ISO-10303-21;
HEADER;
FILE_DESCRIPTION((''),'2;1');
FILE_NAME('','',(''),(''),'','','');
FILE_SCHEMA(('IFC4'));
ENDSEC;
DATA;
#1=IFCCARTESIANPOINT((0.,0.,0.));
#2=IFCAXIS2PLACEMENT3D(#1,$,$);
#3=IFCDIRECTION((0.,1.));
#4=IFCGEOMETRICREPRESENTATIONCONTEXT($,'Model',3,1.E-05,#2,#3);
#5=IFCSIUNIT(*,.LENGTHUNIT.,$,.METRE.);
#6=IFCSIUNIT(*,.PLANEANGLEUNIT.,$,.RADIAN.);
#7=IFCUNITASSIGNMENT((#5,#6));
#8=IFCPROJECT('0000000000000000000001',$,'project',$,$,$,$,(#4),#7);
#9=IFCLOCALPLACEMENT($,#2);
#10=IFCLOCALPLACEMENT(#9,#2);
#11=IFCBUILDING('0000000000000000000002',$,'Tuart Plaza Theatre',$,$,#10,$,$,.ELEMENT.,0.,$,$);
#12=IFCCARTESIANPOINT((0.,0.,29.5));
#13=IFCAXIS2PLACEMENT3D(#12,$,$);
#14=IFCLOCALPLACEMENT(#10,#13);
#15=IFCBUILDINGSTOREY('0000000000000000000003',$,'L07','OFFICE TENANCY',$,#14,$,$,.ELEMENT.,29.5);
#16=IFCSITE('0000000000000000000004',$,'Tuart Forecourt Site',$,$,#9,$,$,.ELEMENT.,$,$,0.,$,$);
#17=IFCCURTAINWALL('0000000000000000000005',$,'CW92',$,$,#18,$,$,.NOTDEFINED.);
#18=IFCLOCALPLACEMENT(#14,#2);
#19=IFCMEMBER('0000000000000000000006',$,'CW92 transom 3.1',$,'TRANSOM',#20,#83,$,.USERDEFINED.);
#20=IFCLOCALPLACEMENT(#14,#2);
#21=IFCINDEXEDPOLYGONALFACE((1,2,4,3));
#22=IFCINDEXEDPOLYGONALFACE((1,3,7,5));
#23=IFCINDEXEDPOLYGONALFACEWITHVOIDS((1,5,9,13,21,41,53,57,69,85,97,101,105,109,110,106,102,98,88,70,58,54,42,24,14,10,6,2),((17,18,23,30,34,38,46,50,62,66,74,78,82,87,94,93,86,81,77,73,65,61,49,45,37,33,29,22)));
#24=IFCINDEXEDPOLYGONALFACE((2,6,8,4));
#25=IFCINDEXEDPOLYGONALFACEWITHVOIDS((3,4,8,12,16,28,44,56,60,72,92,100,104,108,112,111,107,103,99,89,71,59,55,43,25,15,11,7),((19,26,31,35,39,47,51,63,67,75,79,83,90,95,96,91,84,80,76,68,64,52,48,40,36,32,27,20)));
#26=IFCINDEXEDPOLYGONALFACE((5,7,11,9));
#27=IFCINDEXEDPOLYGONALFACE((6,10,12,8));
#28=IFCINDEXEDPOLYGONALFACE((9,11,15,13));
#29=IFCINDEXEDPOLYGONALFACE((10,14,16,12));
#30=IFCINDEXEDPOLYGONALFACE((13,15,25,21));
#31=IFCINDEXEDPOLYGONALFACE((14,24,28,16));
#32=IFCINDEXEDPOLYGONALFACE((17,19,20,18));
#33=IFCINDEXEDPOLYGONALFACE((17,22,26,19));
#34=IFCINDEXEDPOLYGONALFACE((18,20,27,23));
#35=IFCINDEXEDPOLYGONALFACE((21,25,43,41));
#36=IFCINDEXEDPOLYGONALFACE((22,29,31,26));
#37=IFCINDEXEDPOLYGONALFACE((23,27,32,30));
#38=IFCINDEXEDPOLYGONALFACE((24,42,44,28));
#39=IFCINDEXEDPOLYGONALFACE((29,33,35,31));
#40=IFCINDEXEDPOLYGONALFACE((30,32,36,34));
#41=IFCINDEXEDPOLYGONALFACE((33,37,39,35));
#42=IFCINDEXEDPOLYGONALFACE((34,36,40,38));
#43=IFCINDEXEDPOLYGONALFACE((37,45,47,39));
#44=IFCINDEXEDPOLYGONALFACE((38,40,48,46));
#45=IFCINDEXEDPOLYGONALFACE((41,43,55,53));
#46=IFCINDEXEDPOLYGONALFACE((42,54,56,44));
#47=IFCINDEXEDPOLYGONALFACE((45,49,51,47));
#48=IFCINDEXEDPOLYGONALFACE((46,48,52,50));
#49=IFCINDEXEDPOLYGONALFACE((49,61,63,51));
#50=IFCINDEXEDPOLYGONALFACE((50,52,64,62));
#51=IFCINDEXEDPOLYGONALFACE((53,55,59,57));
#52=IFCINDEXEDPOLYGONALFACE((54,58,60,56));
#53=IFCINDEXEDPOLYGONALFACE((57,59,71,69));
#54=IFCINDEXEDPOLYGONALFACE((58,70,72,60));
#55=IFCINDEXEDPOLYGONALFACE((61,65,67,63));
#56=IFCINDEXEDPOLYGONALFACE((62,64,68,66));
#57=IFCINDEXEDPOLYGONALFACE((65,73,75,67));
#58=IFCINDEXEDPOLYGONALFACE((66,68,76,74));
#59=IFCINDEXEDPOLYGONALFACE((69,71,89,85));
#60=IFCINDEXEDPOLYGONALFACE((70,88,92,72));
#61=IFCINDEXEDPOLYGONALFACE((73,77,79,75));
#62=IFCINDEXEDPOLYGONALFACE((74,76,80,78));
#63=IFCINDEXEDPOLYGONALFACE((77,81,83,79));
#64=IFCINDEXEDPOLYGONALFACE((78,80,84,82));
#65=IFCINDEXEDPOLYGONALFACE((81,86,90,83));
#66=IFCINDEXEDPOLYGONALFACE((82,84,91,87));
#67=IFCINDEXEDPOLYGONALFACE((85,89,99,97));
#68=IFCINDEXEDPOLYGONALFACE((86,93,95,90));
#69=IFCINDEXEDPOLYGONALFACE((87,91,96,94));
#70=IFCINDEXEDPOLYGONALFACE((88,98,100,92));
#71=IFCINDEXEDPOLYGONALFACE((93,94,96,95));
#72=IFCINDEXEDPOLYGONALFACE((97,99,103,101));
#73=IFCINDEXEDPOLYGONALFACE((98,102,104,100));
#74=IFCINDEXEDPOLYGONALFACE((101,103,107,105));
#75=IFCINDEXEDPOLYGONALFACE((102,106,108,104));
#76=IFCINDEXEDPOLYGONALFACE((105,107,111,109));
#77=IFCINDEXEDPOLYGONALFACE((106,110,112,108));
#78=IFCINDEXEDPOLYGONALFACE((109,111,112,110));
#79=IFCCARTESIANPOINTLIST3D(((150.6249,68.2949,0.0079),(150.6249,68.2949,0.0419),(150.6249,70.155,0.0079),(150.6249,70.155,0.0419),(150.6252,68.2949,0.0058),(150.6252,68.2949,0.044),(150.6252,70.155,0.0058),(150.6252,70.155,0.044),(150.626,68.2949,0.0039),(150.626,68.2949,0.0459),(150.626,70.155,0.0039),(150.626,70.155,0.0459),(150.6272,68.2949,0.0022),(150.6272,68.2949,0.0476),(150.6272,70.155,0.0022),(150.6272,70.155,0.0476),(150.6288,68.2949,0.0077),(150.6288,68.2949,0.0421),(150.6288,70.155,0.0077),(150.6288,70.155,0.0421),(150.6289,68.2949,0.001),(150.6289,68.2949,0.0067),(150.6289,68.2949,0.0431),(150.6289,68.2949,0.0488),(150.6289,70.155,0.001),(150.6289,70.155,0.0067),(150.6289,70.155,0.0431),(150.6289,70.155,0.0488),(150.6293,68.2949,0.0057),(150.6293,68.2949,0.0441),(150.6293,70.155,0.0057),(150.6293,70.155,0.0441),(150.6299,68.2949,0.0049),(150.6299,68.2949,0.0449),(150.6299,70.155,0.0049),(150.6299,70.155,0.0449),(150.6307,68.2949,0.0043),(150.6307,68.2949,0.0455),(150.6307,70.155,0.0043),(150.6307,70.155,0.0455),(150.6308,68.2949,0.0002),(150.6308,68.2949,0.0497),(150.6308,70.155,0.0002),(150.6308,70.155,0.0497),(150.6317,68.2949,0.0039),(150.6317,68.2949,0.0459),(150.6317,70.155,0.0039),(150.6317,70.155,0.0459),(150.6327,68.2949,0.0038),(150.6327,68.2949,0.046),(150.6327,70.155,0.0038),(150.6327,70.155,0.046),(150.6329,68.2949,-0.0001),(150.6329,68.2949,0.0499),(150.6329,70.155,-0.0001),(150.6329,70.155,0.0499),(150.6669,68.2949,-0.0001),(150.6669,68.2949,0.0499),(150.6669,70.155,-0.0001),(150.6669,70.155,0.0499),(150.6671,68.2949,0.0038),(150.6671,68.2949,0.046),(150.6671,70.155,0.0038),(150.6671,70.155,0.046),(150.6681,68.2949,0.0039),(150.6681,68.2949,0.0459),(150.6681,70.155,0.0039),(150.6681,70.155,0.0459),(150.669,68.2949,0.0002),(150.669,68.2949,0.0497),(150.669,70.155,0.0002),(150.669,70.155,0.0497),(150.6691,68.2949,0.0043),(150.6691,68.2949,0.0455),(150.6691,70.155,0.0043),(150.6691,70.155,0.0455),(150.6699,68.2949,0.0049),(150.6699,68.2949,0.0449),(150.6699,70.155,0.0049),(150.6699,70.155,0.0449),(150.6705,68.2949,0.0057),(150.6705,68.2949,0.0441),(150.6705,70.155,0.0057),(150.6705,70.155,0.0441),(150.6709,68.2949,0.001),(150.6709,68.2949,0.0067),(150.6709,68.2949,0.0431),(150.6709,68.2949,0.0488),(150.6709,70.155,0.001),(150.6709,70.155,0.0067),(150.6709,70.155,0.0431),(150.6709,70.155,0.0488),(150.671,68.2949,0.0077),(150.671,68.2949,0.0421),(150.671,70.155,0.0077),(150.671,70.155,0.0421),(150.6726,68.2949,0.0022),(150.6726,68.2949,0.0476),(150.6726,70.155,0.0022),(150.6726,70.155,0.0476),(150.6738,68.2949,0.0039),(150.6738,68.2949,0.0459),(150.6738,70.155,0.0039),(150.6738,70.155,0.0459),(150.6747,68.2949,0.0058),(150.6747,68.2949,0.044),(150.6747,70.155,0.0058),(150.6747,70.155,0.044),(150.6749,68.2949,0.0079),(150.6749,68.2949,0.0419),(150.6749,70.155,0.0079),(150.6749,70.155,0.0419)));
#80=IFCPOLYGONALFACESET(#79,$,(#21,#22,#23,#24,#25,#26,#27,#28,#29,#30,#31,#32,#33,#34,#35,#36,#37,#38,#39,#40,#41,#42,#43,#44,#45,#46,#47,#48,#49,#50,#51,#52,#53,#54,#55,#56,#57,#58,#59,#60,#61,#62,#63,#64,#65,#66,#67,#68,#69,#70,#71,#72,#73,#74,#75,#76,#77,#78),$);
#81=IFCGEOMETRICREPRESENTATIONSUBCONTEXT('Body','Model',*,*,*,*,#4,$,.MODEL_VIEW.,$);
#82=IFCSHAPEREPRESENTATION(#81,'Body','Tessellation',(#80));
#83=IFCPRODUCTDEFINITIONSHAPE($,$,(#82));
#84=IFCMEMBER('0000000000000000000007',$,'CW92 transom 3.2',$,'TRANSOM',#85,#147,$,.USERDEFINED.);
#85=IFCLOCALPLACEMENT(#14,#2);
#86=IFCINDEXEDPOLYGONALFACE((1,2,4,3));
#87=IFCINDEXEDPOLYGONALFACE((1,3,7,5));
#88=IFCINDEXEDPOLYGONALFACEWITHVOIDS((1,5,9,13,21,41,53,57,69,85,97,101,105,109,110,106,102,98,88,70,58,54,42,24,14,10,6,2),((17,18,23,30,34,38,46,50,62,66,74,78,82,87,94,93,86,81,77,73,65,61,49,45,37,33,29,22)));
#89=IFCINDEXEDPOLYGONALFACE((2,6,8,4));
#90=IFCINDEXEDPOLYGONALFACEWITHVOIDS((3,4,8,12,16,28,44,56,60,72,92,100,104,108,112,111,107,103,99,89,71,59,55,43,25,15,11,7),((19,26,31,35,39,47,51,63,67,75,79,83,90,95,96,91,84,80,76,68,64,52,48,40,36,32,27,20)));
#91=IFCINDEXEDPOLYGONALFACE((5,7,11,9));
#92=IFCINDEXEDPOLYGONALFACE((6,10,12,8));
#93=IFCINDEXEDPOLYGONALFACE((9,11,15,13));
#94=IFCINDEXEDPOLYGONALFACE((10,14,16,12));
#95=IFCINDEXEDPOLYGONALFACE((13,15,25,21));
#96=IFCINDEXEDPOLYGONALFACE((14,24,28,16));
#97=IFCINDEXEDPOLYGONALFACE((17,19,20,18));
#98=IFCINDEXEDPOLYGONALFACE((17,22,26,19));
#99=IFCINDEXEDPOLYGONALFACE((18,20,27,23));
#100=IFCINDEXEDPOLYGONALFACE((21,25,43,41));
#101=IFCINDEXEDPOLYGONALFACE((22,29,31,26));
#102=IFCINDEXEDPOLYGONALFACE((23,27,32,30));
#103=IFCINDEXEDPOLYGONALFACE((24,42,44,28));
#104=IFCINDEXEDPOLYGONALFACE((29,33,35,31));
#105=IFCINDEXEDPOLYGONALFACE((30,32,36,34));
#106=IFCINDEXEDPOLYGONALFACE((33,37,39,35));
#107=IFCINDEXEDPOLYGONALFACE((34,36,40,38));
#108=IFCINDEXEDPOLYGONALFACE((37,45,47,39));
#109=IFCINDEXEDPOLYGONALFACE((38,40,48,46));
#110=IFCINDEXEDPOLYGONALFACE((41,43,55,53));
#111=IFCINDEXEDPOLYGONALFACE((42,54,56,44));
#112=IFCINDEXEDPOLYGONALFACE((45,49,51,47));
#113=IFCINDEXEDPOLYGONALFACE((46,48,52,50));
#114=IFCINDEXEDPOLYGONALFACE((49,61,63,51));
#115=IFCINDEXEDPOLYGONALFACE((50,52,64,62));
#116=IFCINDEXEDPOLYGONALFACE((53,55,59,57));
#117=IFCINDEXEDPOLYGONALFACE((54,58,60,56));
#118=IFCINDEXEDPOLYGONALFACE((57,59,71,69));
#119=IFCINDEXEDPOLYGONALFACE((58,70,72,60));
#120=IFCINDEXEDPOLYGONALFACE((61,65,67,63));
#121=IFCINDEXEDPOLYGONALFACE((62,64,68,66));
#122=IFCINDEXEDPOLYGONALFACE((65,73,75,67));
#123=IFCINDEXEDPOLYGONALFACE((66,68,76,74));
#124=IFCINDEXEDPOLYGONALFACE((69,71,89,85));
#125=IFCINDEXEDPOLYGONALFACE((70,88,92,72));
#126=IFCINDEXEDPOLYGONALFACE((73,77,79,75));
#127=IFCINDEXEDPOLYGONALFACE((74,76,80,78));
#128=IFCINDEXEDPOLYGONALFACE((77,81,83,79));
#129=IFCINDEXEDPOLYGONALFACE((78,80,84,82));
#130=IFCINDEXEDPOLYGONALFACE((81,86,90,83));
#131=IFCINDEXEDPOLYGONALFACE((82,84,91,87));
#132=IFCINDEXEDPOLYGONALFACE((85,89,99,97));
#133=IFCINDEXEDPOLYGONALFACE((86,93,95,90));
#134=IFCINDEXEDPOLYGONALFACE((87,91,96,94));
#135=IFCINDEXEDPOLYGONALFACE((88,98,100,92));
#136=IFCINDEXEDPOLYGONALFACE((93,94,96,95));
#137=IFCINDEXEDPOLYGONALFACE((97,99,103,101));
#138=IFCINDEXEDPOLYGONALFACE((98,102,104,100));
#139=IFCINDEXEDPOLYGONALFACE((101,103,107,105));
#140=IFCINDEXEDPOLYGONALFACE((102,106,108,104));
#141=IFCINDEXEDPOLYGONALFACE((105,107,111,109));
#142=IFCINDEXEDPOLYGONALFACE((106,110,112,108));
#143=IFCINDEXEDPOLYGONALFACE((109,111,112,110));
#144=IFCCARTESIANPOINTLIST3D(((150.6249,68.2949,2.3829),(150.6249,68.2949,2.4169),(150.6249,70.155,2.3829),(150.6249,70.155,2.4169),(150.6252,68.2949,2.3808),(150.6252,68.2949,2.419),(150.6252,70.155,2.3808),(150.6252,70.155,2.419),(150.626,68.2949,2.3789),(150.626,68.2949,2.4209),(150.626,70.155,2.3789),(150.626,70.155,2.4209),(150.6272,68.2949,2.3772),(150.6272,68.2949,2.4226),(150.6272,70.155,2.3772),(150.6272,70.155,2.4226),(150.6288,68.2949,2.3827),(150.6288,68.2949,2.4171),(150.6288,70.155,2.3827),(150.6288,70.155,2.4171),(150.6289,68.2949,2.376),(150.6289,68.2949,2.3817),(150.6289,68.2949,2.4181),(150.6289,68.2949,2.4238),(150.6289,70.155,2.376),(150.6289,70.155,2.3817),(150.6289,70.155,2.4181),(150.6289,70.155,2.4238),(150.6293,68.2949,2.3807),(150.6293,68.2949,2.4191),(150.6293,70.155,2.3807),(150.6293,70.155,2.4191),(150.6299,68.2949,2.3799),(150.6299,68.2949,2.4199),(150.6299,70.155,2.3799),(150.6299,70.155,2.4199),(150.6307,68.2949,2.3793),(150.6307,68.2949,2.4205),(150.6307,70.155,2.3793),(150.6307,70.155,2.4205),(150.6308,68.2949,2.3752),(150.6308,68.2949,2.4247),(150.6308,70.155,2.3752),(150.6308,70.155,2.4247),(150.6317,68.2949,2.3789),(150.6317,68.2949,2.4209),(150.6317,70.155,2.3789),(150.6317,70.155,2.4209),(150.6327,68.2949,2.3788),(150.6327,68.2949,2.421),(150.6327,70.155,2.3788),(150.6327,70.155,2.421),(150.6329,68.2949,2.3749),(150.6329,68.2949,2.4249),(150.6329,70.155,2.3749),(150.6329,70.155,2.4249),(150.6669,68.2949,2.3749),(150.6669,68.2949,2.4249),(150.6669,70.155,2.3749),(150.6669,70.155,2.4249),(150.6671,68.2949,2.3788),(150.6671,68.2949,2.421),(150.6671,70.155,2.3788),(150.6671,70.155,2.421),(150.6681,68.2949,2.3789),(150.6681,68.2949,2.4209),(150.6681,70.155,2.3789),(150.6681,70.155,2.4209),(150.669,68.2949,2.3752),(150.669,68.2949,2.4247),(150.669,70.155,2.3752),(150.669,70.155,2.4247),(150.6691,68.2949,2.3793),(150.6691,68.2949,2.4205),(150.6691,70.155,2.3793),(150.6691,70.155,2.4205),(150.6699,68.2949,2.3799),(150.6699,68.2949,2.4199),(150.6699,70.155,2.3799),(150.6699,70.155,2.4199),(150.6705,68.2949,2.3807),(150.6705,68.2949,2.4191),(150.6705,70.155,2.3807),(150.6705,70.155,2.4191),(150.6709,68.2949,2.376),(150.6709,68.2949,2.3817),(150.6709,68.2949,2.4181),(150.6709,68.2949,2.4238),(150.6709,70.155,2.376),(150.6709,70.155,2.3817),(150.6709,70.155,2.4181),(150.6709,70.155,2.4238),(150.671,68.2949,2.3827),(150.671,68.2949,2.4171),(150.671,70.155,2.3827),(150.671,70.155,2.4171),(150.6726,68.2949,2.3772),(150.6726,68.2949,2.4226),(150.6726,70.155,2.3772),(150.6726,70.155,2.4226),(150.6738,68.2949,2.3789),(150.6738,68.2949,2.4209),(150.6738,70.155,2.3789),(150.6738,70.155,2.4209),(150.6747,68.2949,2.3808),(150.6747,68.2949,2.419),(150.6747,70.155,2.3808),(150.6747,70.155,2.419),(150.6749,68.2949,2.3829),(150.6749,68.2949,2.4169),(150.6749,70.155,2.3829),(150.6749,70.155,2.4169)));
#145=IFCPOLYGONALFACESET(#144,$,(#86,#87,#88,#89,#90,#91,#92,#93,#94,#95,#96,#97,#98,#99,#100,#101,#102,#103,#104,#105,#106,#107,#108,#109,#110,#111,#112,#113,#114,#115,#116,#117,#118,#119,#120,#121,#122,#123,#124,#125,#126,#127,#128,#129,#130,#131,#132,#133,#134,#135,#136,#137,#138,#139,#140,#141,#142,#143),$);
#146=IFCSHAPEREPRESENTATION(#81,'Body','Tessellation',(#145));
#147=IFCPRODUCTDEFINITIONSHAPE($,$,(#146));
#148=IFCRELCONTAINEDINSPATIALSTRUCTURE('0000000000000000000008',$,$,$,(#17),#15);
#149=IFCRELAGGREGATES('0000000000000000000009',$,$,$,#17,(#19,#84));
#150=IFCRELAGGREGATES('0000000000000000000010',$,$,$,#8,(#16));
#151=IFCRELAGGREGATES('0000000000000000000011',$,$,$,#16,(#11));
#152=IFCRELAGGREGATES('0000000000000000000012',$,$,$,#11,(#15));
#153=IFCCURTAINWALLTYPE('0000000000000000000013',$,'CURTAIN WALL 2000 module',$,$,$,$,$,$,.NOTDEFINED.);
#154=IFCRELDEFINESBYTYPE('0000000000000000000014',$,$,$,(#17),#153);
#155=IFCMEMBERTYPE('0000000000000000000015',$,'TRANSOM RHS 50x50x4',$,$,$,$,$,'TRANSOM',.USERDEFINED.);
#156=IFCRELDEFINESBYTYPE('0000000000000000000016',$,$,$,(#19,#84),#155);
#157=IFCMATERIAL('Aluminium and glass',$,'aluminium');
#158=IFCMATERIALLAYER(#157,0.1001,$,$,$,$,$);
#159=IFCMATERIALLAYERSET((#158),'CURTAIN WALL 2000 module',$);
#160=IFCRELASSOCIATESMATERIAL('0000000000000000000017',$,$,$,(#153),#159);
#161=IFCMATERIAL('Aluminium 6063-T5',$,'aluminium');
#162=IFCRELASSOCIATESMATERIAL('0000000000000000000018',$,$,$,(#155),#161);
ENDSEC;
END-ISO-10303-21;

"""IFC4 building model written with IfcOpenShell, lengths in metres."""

from ifc_helpers import new_model, si_unit, direction, frame, origin, origin_2d, place, context, subcontext, project, spatial, hollow_rectangle, extrude, material, layer, layer_set, material_profile, profile_set, type_object, element, aggregate, save


model = new_model("IFC4")

# Units and contexts
model_context = context("Model", 3, precision=1e-05, world=origin(), true_north=direction((0.0, 1.0)))
body_context = subcontext(model_context, "Body", "Model", "MODEL_VIEW")
ifc_project = project(units=[si_unit("LENGTHUNIT", "METRE"), si_unit("PLANEANGLEUNIT", "RADIAN")], contexts=[model_context])

# Site, building, storey
site_placement = place(None, origin())
site = spatial("IfcSite", under=ifc_project, at=site_placement, Name="Tuart Forecourt Site", CompositionType="ELEMENT", RefElevation=0.0)
building_placement = place(site_placement, origin())
building = spatial("IfcBuilding", under=site, at=building_placement, Name="Tuart Plaza Theatre", CompositionType="ELEMENT", ElevationOfRefHeight=0.0)
storey_placement = place(building_placement, frame((0.0, 0.0, 29.5)))
storey = spatial("IfcBuildingStorey", under=building, at=storey_placement, Name="L07", Description="OFFICE TENANCY", CompositionType="ELEMENT", Elevation=29.5)

# Shared definitions
ifc_material_1 = material(Name="Aluminium and glass", Category="aluminium")
ifc_layer_1 = layer(ifc_material_1, 0.1001)
ifc_layer_set_1 = layer_set([ifc_layer_1], Name="CURTAIN WALL 2000 module")
curtain_wall_type = type_object("IfcCurtainWallType", Name="CURTAIN WALL 2000 module", PredefinedType="NOTDEFINED", material=ifc_layer_set_1)

# Curtain wall, members
curtain_wall_1_placement = place(storey_placement, origin())
curtain_wall_1 = element("IfcCurtainWall", 1, at=curtain_wall_1_placement, inside=storey, type_object=curtain_wall_type, Name="CW92", PredefinedType="NOTDEFINED")
ifc_material_2 = material(Name="Aluminium 6063-T5", Category="aluminium")
ifc_material_profile_1 = material_profile(ifc_material_2, hollow_rectangle(XDim=0.05, YDim=0.05, WallThickness=0.0039, InnerFilletRadius=0.0039, OuterFilletRadius=0.0081, at=origin_2d()), Name="RHS 50x50x4")
ifc_profile_set_1 = profile_set([ifc_material_profile_1], Name="Aluminium 6063-T5")
member_type_1 = type_object("IfcMemberType", Name="TRANSOM RHS 50x50x4", ElementType="TRANSOM", PredefinedType="USERDEFINED", material=ifc_profile_set_1)
member_1_placement = place(storey_placement, frame((150.6499, 68.2949, 0.0249), z_axis=(0.0, 1.0, 0.0), x_axis=(-1.0, 0.0, 0.0)))
member_1 = element("IfcMember", 2, at=member_1_placement, type_object=member_type_1, Name="CW92 transom 3.1", ObjectType="TRANSOM", PredefinedType="USERDEFINED", context=body_context, shape_type="SweptSolid", body=[
    extrude(hollow_rectangle(XDim=0.05, YDim=0.05, WallThickness=0.0039, InnerFilletRadius=0.0039, OuterFilletRadius=0.0081, at=origin_2d()), origin(), (0.0, 0.0, 1.0), 1.8601),
])
member_2_placement = place(storey_placement, frame((150.6499, 68.2949, 2.3999), z_axis=(0.0, 1.0, 0.0), x_axis=(-1.0, 0.0, 0.0)))
member_2 = element("IfcMember", 3, at=member_2_placement, type_object=member_type_1, Name="CW92 transom 3.2", ObjectType="TRANSOM", PredefinedType="USERDEFINED", context=body_context, shape_type="SweptSolid", body=[
    extrude(hollow_rectangle(XDim=0.05, YDim=0.05, WallThickness=0.0039, InnerFilletRadius=0.0039, OuterFilletRadius=0.0081, at=origin_2d()), origin(), (0.0, 0.0, 1.0), 1.8601),
])
aggregate(curtain_wall_1, [member_1, member_2])

save(model, "model.ifc")
